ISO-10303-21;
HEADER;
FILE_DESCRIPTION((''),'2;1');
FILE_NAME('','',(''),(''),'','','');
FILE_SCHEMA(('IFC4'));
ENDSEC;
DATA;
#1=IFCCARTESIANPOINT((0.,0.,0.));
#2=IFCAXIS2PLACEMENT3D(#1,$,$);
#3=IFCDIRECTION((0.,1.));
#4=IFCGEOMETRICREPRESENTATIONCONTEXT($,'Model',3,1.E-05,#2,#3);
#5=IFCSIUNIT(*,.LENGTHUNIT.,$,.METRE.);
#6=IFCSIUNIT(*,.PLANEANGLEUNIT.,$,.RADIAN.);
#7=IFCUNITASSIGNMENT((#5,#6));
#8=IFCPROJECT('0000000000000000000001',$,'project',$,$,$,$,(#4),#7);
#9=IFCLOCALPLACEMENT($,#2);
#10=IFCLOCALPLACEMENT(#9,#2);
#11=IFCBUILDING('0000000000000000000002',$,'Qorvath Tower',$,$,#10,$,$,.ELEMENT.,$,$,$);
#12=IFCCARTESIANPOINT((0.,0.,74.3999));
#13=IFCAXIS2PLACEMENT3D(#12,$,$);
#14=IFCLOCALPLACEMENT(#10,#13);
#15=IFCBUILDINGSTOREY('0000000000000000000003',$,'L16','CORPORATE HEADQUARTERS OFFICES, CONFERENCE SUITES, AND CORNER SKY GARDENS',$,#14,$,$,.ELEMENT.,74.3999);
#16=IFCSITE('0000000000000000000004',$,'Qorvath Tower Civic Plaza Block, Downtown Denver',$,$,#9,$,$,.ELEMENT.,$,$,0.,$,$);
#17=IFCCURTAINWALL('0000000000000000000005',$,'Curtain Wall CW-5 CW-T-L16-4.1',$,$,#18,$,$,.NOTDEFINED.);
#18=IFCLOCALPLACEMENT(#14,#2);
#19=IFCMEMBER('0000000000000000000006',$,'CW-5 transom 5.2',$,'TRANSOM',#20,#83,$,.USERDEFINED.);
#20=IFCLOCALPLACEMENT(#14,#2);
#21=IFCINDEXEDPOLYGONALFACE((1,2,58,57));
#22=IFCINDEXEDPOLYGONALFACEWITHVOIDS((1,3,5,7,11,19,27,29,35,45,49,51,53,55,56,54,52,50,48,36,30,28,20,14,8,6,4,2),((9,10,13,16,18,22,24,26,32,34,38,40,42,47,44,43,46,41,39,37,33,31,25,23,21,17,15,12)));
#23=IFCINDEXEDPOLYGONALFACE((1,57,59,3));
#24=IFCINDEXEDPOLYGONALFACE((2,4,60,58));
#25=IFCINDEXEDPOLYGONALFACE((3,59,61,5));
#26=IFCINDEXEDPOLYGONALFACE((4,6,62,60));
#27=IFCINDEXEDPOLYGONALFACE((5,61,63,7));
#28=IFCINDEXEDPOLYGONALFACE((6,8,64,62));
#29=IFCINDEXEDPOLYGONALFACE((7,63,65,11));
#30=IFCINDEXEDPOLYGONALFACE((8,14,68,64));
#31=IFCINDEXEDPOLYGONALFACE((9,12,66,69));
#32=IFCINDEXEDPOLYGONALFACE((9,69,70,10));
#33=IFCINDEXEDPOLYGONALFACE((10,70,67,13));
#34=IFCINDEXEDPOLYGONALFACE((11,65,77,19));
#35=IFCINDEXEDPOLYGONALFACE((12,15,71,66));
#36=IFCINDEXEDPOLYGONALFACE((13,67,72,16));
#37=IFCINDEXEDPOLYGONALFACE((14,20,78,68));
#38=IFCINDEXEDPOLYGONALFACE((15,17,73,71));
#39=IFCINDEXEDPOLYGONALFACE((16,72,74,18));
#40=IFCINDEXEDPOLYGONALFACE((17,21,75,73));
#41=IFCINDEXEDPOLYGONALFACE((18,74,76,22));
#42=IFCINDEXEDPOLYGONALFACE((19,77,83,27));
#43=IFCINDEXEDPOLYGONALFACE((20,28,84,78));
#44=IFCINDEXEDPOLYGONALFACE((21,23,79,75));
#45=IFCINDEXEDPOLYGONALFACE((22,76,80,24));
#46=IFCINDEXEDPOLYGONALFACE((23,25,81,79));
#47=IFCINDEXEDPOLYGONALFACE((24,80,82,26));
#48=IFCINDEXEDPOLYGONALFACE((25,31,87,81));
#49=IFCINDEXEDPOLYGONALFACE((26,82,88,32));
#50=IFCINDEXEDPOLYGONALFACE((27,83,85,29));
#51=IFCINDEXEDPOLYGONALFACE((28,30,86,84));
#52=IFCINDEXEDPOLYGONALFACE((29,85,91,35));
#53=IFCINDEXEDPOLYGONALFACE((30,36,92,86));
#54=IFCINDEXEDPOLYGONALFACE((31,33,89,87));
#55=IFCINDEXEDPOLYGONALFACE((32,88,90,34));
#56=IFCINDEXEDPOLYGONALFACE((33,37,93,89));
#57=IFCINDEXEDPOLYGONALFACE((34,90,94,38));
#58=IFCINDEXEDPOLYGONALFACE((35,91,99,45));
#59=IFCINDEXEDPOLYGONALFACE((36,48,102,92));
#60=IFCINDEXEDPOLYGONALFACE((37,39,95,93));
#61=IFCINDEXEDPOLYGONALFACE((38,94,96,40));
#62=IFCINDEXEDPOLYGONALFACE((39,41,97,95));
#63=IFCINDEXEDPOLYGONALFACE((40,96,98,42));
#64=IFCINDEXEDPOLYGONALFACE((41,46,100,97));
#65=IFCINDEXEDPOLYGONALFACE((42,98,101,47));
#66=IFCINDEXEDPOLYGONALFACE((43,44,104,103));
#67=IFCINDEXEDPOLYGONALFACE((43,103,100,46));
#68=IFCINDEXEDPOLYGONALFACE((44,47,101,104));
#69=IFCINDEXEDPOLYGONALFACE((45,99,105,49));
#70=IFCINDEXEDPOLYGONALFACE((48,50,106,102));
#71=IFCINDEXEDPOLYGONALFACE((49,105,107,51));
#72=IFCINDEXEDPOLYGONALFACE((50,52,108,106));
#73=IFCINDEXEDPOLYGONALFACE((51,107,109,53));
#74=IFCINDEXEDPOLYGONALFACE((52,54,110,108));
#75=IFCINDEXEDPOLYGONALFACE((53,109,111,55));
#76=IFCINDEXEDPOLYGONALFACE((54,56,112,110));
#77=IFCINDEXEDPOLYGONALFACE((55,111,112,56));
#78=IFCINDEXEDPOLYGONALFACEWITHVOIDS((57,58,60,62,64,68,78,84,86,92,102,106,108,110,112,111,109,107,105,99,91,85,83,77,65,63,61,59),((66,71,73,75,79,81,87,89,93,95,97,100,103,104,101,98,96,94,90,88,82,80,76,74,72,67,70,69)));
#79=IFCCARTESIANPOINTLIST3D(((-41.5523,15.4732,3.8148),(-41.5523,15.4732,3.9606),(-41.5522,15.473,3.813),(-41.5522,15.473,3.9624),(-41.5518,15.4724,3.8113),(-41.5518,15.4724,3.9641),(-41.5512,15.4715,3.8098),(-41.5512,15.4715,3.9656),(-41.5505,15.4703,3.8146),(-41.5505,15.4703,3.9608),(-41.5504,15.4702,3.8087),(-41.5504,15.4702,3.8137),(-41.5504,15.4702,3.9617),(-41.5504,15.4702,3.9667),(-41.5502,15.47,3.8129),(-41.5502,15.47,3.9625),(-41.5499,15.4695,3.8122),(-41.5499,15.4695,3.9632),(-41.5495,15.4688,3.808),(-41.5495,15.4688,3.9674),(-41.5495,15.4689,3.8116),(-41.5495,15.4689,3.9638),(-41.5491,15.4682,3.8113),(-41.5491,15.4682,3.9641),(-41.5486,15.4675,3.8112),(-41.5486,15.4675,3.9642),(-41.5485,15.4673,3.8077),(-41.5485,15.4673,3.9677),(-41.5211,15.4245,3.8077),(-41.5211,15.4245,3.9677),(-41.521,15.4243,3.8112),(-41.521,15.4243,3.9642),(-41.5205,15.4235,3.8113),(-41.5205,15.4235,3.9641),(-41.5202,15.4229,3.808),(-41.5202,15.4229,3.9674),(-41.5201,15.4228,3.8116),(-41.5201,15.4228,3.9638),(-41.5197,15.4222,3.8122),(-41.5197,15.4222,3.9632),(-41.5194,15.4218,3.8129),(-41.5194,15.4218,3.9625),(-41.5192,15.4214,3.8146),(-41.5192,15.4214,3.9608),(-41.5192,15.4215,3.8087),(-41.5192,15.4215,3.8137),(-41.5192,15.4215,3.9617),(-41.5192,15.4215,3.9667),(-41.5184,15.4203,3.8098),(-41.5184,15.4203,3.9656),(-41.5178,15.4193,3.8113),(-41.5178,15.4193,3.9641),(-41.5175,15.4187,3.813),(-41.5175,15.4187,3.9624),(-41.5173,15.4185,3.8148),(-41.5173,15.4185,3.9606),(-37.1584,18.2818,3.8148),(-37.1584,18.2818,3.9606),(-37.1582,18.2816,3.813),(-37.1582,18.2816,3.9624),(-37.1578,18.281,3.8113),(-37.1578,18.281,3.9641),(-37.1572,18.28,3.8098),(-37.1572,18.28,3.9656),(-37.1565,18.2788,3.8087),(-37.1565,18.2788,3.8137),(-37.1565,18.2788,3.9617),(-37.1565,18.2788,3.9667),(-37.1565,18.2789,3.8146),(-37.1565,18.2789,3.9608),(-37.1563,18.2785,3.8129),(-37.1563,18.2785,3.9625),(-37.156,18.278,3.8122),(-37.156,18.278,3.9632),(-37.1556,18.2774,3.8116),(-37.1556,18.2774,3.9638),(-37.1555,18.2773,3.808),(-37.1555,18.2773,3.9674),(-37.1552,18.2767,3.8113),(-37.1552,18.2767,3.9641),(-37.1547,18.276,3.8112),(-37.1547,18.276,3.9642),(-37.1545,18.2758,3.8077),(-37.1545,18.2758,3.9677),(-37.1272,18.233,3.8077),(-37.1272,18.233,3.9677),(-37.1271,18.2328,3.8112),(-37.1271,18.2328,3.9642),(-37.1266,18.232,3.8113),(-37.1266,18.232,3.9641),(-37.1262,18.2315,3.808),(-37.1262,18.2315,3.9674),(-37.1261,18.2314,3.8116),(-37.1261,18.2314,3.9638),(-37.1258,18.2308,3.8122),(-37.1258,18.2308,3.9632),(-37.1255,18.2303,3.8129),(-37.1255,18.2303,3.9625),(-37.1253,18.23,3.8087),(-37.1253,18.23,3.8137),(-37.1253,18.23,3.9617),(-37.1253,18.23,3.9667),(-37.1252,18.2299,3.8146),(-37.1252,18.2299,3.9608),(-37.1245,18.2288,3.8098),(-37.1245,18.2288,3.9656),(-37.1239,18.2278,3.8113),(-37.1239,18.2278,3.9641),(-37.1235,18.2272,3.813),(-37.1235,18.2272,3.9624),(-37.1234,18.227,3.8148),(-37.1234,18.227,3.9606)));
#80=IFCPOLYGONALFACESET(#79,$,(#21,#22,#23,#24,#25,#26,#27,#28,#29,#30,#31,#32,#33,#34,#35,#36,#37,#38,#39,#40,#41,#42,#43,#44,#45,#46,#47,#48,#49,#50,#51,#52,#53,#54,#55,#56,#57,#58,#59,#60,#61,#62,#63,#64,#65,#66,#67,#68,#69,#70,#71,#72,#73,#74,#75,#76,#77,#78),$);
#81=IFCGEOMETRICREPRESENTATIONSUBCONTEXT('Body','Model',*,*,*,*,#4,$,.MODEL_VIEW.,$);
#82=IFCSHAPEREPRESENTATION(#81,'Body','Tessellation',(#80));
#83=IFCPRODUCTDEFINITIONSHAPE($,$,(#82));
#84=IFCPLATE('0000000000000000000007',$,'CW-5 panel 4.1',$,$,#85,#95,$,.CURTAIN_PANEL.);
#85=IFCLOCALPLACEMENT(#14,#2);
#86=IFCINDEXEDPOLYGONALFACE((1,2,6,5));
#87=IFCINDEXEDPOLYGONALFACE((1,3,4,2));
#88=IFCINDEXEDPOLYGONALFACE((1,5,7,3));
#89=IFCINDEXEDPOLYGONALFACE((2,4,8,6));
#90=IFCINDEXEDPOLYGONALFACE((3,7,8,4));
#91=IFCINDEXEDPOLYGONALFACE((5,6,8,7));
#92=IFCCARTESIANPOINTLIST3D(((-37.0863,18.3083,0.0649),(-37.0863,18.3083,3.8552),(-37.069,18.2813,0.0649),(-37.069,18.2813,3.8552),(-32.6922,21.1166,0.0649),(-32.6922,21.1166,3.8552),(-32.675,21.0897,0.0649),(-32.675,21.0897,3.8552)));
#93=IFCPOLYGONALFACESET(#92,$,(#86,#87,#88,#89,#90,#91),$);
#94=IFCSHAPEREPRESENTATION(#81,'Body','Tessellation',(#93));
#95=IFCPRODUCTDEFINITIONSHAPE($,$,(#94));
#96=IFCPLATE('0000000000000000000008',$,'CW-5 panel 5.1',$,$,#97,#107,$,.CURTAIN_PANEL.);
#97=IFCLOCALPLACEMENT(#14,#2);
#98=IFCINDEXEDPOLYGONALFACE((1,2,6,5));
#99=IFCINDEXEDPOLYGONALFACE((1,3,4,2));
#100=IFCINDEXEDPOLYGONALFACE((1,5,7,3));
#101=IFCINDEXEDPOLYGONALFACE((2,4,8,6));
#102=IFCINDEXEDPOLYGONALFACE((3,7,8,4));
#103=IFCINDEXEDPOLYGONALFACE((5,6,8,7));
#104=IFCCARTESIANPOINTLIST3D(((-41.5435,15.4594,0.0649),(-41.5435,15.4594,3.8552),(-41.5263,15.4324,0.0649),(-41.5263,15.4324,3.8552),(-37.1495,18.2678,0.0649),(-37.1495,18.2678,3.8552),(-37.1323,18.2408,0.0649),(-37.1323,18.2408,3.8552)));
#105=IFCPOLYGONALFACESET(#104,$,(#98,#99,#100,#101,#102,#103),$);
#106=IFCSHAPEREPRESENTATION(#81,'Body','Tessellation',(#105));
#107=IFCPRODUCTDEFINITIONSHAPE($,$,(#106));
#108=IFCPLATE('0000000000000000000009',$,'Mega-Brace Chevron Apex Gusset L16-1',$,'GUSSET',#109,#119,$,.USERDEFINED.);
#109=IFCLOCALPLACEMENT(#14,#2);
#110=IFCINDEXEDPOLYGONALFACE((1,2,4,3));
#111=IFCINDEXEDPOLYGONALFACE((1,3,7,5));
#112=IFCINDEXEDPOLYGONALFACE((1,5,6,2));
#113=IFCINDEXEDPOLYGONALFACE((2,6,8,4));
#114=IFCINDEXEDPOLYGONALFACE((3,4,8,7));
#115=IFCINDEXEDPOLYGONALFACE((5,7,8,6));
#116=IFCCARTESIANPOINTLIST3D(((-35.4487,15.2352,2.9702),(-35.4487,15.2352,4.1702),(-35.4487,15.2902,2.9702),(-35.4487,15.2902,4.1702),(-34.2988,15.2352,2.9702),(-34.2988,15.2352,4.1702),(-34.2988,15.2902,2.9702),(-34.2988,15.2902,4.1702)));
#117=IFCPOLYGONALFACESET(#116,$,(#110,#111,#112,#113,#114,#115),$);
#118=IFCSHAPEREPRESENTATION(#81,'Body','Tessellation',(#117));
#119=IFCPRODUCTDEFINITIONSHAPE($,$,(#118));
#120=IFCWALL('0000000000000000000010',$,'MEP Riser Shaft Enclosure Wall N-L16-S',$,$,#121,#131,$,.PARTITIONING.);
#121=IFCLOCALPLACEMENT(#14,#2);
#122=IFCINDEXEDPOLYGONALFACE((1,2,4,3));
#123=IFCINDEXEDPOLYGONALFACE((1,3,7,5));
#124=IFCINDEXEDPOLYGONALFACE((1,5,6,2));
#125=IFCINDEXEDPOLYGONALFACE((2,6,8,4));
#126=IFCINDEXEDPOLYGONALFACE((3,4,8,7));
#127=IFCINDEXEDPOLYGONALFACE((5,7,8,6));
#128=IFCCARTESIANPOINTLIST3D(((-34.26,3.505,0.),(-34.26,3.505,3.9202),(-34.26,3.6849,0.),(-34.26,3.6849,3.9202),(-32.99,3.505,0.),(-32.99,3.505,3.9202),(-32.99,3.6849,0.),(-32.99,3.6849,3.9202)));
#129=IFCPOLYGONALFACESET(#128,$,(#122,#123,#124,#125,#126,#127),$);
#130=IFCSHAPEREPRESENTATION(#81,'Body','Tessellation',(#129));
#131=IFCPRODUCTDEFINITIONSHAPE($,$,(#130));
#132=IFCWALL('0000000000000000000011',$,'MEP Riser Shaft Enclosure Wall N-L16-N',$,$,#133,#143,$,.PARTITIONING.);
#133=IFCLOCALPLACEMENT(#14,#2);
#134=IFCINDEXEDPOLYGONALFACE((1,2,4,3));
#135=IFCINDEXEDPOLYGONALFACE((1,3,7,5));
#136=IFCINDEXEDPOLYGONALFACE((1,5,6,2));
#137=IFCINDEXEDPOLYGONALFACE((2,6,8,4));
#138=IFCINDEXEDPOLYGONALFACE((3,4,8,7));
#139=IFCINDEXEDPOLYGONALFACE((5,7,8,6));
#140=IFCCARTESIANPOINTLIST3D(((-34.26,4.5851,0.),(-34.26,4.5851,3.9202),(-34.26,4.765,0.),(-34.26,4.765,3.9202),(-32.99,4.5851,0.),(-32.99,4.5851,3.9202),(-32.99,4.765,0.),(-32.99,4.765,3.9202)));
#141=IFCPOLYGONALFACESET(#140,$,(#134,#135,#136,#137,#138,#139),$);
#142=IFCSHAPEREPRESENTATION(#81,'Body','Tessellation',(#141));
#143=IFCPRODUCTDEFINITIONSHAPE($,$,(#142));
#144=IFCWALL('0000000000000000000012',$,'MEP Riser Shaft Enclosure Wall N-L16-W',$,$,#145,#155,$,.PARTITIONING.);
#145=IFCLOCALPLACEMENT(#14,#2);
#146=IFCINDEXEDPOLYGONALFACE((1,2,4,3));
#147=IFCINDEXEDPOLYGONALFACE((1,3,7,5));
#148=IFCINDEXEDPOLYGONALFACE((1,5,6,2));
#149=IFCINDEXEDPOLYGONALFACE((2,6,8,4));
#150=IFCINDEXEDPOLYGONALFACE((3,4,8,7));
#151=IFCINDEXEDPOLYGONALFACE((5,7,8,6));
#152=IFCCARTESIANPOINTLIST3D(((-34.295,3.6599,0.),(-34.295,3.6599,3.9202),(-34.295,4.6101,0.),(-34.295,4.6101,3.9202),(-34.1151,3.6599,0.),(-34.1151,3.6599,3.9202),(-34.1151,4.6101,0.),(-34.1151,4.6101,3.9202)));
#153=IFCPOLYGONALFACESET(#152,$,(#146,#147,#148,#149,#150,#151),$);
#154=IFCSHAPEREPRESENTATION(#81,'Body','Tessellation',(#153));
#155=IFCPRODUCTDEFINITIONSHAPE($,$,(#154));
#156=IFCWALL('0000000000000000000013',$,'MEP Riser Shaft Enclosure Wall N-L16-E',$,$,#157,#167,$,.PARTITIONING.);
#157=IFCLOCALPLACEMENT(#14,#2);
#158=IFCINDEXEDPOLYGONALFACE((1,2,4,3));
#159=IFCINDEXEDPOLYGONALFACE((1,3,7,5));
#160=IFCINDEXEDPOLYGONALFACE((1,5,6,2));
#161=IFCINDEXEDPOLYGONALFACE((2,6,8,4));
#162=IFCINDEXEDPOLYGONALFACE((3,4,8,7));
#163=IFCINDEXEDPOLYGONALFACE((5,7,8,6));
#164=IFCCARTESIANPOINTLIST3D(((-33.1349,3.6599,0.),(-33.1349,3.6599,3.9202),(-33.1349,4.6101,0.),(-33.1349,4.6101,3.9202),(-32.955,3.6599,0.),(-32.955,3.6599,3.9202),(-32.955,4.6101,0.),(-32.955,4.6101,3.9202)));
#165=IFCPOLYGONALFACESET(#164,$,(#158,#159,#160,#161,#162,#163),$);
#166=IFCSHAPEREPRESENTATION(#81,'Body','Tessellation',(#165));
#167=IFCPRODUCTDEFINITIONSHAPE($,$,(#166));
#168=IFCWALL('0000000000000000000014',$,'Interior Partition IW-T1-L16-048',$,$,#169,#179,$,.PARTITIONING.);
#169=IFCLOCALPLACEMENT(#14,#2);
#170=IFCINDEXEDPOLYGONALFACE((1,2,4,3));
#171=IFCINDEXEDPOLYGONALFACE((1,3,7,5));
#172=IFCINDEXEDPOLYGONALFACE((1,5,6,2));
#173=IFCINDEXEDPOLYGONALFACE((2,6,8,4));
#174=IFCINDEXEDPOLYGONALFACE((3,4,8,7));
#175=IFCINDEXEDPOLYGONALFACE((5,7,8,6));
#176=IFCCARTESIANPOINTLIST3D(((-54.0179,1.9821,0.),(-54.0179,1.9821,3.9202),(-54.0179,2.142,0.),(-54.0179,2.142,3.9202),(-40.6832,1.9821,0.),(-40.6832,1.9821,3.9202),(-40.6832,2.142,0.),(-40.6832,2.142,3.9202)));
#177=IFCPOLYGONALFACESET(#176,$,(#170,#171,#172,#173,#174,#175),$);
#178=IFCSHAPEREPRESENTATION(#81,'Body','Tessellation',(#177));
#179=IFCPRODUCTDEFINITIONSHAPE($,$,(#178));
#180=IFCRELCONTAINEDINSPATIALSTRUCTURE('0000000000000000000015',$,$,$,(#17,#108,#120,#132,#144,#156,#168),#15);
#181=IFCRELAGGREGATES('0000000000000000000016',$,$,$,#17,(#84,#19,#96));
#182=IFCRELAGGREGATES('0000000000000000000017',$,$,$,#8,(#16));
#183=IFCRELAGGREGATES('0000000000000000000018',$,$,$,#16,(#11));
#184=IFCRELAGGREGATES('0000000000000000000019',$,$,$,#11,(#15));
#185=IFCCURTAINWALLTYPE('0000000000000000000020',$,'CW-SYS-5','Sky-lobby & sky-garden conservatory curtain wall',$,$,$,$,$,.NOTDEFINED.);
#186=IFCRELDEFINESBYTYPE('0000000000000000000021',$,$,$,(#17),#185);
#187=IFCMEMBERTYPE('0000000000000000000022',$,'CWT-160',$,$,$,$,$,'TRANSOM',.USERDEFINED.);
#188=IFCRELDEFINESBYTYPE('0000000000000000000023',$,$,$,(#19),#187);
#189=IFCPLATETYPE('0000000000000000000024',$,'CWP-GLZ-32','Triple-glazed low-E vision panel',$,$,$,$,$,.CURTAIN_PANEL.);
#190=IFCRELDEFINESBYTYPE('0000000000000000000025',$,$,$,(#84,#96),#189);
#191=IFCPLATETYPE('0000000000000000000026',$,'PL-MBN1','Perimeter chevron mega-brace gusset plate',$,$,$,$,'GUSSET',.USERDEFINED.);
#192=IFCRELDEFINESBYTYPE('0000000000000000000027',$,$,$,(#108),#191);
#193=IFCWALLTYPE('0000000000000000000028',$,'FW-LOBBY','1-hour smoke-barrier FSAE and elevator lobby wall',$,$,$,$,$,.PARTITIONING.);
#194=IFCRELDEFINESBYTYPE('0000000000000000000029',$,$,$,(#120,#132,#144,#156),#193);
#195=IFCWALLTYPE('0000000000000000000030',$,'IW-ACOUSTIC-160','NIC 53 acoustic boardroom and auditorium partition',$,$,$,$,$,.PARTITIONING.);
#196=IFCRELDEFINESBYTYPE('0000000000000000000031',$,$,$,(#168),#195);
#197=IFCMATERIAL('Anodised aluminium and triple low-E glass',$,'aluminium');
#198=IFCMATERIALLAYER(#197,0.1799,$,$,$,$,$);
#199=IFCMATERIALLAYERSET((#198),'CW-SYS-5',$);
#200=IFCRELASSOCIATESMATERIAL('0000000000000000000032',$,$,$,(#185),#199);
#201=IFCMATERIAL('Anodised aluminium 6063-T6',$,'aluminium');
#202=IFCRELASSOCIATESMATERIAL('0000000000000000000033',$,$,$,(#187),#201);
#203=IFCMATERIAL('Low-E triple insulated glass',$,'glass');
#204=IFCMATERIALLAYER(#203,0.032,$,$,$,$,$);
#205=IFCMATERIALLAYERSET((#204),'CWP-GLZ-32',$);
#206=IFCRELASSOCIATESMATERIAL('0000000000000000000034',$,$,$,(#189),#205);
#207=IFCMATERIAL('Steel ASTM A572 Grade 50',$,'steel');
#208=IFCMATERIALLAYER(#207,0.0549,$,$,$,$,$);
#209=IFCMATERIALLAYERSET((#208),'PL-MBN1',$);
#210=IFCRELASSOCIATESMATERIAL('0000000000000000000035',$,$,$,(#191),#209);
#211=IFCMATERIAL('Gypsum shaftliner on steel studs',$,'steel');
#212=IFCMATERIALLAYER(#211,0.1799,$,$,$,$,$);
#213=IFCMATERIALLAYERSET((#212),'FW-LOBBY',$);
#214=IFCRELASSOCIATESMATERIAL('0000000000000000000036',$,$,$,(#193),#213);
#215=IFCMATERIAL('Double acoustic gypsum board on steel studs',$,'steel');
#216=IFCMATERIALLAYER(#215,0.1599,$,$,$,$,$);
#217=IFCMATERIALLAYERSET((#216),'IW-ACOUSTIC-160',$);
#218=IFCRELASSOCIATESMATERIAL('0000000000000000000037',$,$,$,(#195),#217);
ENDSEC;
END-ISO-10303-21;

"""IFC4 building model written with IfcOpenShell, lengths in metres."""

from ifc_helpers import new_model, si_unit, direction, frame, frame_2d, origin, origin_2d, place, context, subcontext, project, spatial, rectangle, hollow_rectangle, extrude, material, layer, layer_set, material_profile, profile_set, type_object, element, aggregate, save


model = new_model("IFC4")

# Units and contexts
model_context = context("Model", 3, precision=1e-05, world=origin(), true_north=direction((0.0, 1.0)))
body_context = subcontext(model_context, "Body", "Model", "MODEL_VIEW")
ifc_project = project(units=[si_unit("LENGTHUNIT", "METRE"), si_unit("PLANEANGLEUNIT", "RADIAN")], contexts=[model_context])

# Site, building, storey
site_placement = place(None, origin())
site = spatial("IfcSite", under=ifc_project, at=site_placement, Name="Qorvath Tower Civic Plaza Block, Downtown Denver", CompositionType="ELEMENT", RefElevation=0.0)
building_placement = place(site_placement, origin())
building = spatial("IfcBuilding", under=site, at=building_placement, Name="Qorvath Tower", CompositionType="ELEMENT")
storey_placement = place(building_placement, frame((0.0, 0.0, 74.3999)))
storey = spatial("IfcBuildingStorey", under=building, at=storey_placement, Name="L16", Description="CORPORATE HEADQUARTERS OFFICES, CONFERENCE SUITES, AND CORNER SKY GARDENS", CompositionType="ELEMENT", Elevation=74.3999)

# Curtain wall, member, plates
ifc_material_1 = material(Name="Anodised aluminium and triple low-E glass", Category="aluminium")
ifc_layer_1 = layer(ifc_material_1, 0.1799)
ifc_layer_set_1 = layer_set([ifc_layer_1], Name="CW-SYS-5")
curtain_wall_type = type_object("IfcCurtainWallType", Name="CW-SYS-5", Description="Sky-lobby & sky-garden conservatory curtain wall", PredefinedType="NOTDEFINED", material=ifc_layer_set_1)
curtain_wall_placement = place(storey_placement, origin())
curtain_wall = element("IfcCurtainWall", 1, at=curtain_wall_placement, inside=storey, type_object=curtain_wall_type, Name="Curtain Wall CW-5 CW-T-L16-4.1", PredefinedType="NOTDEFINED")
ifc_material_2 = material(Name="Anodised aluminium 6063-T6", Category="aluminium")
ifc_material_profile_1 = material_profile(ifc_material_2, hollow_rectangle(XDim=0.0649, YDim=0.1599, WallThickness=0.0034, InnerFilletRadius=0.0034, OuterFilletRadius=0.0071, at=origin_2d()), Name="CWT 160x65")
ifc_profile_set_1 = profile_set([ifc_material_profile_1], Name="Anodised aluminium 6063-T6")
member_type_1 = type_object("IfcMemberType", Name="CWT-160", ElementType="TRANSOM", PredefinedType="USERDEFINED", material=ifc_profile_set_1)
member_1_placement = place(storey_placement, frame((-37.1409, 18.2544, 3.8877), z_axis=(-0.842584, -0.538565, 0.0), x_axis=(0.538565, -0.842584, 0.0)))
member_1 = element("IfcMember", 2, at=member_1_placement, type_object=member_type_1, Name="CW-5 transom 5.2", ObjectType="TRANSOM", PredefinedType="USERDEFINED", context=body_context, shape_type="SweptSolid", body=[
    extrude(hollow_rectangle(XDim=0.0649, YDim=0.1599, WallThickness=0.0034, InnerFilletRadius=0.0034, OuterFilletRadius=0.0071, at=origin_2d()), origin(), (0.0, 0.0, 1.0), 5.2148),
])
ifc_material_3 = material(Name="Low-E triple insulated glass", Category="glass")
ifc_layer_2 = layer(ifc_material_3, 0.032)
ifc_layer_set_2 = layer_set([ifc_layer_2], Name="CWP-GLZ-32")
plate_type_1 = type_object("IfcPlateType", Name="CWP-GLZ-32", Description="Triple-glazed low-E vision panel", PredefinedType="CURTAIN_PANEL", material=ifc_layer_set_2)
plate_1_placement = place(storey_placement, frame((-34.8806, 19.699, 0.0649), z_axis=(0.0, 0.0, 1.0), x_axis=(-0.842604, -0.538533, 0.0)))
plate_1 = element("IfcPlate", 3, at=plate_1_placement, type_object=plate_type_1, Name="CW-5 panel 4.1", PredefinedType="CURTAIN_PANEL", context=body_context, shape_type="SweptSolid", body=[
    extrude(rectangle(XDim=5.2148, YDim=0.032, at=origin_2d()), origin(), (0.0, 0.0, 1.0), 3.7903),
])
plate_2_placement = place(storey_placement, frame((-39.3379, 16.8501, 0.0649), z_axis=(0.0, 0.0, 1.0), x_axis=(-0.842604, -0.538533, 0.0)))
plate_2 = element("IfcPlate", 4, at=plate_2_placement, type_object=plate_type_1, Name="CW-5 panel 5.1", PredefinedType="CURTAIN_PANEL", context=body_context, shape_type="SweptSolid", body=[
    extrude(rectangle(XDim=5.2148, YDim=0.032, at=origin_2d()), origin(), (0.0, 0.0, 1.0), 3.7903),
])
aggregate(curtain_wall, [plate_1, member_1, plate_2])

# Plate
ifc_material_4 = material(Name="Steel ASTM A572 Grade 50", Category="steel")
ifc_layer_3 = layer(ifc_material_4, 0.0549)
ifc_layer_set_3 = layer_set([ifc_layer_3], Name="PL-MBN1")
plate_type_2 = type_object("IfcPlateType", Name="PL-MBN1", Description="Perimeter chevron mega-brace gusset plate", ElementType="GUSSET", PredefinedType="USERDEFINED", material=ifc_layer_set_3)
plate_3_placement = place(storey_placement, frame((-34.8738, 15.2627, 2.9702), z_axis=(0.0, 0.0, 1.0), x_axis=(1.0, 0.0, 0.0)))
element("IfcPlate", 5, at=plate_3_placement, inside=storey, type_object=plate_type_2, Name="Mega-Brace Chevron Apex Gusset L16-1", ObjectType="GUSSET", PredefinedType="USERDEFINED", context=body_context, shape_type="SweptSolid", body=[
    extrude(rectangle(XDim=1.1499, YDim=0.0549, at=origin_2d()), origin(), (0.0, 0.0, 1.0), 1.2),
])

# Walls
ifc_material_5 = material(Name="Gypsum shaftliner on steel studs", Category="steel")
ifc_layer_4 = layer(ifc_material_5, 0.1799)
ifc_layer_set_4 = layer_set([ifc_layer_4], Name="FW-LOBBY")
wall_type_1 = type_object("IfcWallType", Name="FW-LOBBY", Description="1-hour smoke-barrier FSAE and elevator lobby wall", PredefinedType="PARTITIONING", material=ifc_layer_set_4)
for number, where, z_axis, x_axis, name in (
    (6, (-32.99, 3.595, 0.0), (0.0, 0.0, 1.0), (-1.0, 0.0, 0.0), "MEP Riser Shaft Enclosure Wall N-L16-S"),
    (7, (-34.26, 4.675, 0.0), (0.0, 0.0, 1.0), (1.0, 0.0, 0.0), "MEP Riser Shaft Enclosure Wall N-L16-N"),
):
    element("IfcWall", number, at=place(storey_placement, frame(where, z_axis=z_axis, x_axis=x_axis)), inside=storey, type_object=wall_type_1, Name=name, PredefinedType="PARTITIONING", context=body_context, shape_type="SweptSolid", body=[
        extrude(rectangle(XDim=1.27, YDim=0.1799, at=frame_2d((0.635, 0.0))), origin(), (0.0, 0.0, 1.0), 3.9202),
    ])
for number, where, z_axis, x_axis, name in (
    (8, (-34.2051, 3.6599, 0.0), (0.0, 0.0, 1.0), (0.0, 1.0, 0.0), "MEP Riser Shaft Enclosure Wall N-L16-W"),
    (9, (-33.0449, 4.6101, 0.0), (0.0, 0.0, 1.0), (0.0, -1.0, 0.0), "MEP Riser Shaft Enclosure Wall N-L16-E"),
):
    element("IfcWall", number, at=place(storey_placement, frame(where, z_axis=z_axis, x_axis=x_axis)), inside=storey, type_object=wall_type_1, Name=name, PredefinedType="PARTITIONING", context=body_context, shape_type="SweptSolid", body=[
        extrude(rectangle(XDim=0.9502, YDim=0.1799, at=frame_2d((0.4751, 0.0))), origin(), (0.0, 0.0, 1.0), 3.9202),
    ])
ifc_material_6 = material(Name="Double acoustic gypsum board on steel studs", Category="steel")
ifc_layer_5 = layer(ifc_material_6, 0.1599)
ifc_layer_set_5 = layer_set([ifc_layer_5], Name="IW-ACOUSTIC-160")
wall_type_2 = type_object("IfcWallType", Name="IW-ACOUSTIC-160", Description="NIC 53 acoustic boardroom and auditorium partition", PredefinedType="PARTITIONING", material=ifc_layer_set_5)
wall_1_placement = place(storey_placement, frame((-40.6831, 2.062, 0.0), z_axis=(0.0, 0.0, 1.0), x_axis=(-1.0, 0.0, 0.0)))
element("IfcWall", 10, at=wall_1_placement, inside=storey, type_object=wall_type_2, Name="Interior Partition IW-T1-L16-048", PredefinedType="PARTITIONING", context=body_context, shape_type="SweptSolid", body=[
    extrude(rectangle(XDim=13.3347, YDim=0.1599, at=frame_2d((6.6675, 0.0))), origin(), (0.0, 0.0, 1.0), 3.9202),
])

save(model, "model.ifc")
